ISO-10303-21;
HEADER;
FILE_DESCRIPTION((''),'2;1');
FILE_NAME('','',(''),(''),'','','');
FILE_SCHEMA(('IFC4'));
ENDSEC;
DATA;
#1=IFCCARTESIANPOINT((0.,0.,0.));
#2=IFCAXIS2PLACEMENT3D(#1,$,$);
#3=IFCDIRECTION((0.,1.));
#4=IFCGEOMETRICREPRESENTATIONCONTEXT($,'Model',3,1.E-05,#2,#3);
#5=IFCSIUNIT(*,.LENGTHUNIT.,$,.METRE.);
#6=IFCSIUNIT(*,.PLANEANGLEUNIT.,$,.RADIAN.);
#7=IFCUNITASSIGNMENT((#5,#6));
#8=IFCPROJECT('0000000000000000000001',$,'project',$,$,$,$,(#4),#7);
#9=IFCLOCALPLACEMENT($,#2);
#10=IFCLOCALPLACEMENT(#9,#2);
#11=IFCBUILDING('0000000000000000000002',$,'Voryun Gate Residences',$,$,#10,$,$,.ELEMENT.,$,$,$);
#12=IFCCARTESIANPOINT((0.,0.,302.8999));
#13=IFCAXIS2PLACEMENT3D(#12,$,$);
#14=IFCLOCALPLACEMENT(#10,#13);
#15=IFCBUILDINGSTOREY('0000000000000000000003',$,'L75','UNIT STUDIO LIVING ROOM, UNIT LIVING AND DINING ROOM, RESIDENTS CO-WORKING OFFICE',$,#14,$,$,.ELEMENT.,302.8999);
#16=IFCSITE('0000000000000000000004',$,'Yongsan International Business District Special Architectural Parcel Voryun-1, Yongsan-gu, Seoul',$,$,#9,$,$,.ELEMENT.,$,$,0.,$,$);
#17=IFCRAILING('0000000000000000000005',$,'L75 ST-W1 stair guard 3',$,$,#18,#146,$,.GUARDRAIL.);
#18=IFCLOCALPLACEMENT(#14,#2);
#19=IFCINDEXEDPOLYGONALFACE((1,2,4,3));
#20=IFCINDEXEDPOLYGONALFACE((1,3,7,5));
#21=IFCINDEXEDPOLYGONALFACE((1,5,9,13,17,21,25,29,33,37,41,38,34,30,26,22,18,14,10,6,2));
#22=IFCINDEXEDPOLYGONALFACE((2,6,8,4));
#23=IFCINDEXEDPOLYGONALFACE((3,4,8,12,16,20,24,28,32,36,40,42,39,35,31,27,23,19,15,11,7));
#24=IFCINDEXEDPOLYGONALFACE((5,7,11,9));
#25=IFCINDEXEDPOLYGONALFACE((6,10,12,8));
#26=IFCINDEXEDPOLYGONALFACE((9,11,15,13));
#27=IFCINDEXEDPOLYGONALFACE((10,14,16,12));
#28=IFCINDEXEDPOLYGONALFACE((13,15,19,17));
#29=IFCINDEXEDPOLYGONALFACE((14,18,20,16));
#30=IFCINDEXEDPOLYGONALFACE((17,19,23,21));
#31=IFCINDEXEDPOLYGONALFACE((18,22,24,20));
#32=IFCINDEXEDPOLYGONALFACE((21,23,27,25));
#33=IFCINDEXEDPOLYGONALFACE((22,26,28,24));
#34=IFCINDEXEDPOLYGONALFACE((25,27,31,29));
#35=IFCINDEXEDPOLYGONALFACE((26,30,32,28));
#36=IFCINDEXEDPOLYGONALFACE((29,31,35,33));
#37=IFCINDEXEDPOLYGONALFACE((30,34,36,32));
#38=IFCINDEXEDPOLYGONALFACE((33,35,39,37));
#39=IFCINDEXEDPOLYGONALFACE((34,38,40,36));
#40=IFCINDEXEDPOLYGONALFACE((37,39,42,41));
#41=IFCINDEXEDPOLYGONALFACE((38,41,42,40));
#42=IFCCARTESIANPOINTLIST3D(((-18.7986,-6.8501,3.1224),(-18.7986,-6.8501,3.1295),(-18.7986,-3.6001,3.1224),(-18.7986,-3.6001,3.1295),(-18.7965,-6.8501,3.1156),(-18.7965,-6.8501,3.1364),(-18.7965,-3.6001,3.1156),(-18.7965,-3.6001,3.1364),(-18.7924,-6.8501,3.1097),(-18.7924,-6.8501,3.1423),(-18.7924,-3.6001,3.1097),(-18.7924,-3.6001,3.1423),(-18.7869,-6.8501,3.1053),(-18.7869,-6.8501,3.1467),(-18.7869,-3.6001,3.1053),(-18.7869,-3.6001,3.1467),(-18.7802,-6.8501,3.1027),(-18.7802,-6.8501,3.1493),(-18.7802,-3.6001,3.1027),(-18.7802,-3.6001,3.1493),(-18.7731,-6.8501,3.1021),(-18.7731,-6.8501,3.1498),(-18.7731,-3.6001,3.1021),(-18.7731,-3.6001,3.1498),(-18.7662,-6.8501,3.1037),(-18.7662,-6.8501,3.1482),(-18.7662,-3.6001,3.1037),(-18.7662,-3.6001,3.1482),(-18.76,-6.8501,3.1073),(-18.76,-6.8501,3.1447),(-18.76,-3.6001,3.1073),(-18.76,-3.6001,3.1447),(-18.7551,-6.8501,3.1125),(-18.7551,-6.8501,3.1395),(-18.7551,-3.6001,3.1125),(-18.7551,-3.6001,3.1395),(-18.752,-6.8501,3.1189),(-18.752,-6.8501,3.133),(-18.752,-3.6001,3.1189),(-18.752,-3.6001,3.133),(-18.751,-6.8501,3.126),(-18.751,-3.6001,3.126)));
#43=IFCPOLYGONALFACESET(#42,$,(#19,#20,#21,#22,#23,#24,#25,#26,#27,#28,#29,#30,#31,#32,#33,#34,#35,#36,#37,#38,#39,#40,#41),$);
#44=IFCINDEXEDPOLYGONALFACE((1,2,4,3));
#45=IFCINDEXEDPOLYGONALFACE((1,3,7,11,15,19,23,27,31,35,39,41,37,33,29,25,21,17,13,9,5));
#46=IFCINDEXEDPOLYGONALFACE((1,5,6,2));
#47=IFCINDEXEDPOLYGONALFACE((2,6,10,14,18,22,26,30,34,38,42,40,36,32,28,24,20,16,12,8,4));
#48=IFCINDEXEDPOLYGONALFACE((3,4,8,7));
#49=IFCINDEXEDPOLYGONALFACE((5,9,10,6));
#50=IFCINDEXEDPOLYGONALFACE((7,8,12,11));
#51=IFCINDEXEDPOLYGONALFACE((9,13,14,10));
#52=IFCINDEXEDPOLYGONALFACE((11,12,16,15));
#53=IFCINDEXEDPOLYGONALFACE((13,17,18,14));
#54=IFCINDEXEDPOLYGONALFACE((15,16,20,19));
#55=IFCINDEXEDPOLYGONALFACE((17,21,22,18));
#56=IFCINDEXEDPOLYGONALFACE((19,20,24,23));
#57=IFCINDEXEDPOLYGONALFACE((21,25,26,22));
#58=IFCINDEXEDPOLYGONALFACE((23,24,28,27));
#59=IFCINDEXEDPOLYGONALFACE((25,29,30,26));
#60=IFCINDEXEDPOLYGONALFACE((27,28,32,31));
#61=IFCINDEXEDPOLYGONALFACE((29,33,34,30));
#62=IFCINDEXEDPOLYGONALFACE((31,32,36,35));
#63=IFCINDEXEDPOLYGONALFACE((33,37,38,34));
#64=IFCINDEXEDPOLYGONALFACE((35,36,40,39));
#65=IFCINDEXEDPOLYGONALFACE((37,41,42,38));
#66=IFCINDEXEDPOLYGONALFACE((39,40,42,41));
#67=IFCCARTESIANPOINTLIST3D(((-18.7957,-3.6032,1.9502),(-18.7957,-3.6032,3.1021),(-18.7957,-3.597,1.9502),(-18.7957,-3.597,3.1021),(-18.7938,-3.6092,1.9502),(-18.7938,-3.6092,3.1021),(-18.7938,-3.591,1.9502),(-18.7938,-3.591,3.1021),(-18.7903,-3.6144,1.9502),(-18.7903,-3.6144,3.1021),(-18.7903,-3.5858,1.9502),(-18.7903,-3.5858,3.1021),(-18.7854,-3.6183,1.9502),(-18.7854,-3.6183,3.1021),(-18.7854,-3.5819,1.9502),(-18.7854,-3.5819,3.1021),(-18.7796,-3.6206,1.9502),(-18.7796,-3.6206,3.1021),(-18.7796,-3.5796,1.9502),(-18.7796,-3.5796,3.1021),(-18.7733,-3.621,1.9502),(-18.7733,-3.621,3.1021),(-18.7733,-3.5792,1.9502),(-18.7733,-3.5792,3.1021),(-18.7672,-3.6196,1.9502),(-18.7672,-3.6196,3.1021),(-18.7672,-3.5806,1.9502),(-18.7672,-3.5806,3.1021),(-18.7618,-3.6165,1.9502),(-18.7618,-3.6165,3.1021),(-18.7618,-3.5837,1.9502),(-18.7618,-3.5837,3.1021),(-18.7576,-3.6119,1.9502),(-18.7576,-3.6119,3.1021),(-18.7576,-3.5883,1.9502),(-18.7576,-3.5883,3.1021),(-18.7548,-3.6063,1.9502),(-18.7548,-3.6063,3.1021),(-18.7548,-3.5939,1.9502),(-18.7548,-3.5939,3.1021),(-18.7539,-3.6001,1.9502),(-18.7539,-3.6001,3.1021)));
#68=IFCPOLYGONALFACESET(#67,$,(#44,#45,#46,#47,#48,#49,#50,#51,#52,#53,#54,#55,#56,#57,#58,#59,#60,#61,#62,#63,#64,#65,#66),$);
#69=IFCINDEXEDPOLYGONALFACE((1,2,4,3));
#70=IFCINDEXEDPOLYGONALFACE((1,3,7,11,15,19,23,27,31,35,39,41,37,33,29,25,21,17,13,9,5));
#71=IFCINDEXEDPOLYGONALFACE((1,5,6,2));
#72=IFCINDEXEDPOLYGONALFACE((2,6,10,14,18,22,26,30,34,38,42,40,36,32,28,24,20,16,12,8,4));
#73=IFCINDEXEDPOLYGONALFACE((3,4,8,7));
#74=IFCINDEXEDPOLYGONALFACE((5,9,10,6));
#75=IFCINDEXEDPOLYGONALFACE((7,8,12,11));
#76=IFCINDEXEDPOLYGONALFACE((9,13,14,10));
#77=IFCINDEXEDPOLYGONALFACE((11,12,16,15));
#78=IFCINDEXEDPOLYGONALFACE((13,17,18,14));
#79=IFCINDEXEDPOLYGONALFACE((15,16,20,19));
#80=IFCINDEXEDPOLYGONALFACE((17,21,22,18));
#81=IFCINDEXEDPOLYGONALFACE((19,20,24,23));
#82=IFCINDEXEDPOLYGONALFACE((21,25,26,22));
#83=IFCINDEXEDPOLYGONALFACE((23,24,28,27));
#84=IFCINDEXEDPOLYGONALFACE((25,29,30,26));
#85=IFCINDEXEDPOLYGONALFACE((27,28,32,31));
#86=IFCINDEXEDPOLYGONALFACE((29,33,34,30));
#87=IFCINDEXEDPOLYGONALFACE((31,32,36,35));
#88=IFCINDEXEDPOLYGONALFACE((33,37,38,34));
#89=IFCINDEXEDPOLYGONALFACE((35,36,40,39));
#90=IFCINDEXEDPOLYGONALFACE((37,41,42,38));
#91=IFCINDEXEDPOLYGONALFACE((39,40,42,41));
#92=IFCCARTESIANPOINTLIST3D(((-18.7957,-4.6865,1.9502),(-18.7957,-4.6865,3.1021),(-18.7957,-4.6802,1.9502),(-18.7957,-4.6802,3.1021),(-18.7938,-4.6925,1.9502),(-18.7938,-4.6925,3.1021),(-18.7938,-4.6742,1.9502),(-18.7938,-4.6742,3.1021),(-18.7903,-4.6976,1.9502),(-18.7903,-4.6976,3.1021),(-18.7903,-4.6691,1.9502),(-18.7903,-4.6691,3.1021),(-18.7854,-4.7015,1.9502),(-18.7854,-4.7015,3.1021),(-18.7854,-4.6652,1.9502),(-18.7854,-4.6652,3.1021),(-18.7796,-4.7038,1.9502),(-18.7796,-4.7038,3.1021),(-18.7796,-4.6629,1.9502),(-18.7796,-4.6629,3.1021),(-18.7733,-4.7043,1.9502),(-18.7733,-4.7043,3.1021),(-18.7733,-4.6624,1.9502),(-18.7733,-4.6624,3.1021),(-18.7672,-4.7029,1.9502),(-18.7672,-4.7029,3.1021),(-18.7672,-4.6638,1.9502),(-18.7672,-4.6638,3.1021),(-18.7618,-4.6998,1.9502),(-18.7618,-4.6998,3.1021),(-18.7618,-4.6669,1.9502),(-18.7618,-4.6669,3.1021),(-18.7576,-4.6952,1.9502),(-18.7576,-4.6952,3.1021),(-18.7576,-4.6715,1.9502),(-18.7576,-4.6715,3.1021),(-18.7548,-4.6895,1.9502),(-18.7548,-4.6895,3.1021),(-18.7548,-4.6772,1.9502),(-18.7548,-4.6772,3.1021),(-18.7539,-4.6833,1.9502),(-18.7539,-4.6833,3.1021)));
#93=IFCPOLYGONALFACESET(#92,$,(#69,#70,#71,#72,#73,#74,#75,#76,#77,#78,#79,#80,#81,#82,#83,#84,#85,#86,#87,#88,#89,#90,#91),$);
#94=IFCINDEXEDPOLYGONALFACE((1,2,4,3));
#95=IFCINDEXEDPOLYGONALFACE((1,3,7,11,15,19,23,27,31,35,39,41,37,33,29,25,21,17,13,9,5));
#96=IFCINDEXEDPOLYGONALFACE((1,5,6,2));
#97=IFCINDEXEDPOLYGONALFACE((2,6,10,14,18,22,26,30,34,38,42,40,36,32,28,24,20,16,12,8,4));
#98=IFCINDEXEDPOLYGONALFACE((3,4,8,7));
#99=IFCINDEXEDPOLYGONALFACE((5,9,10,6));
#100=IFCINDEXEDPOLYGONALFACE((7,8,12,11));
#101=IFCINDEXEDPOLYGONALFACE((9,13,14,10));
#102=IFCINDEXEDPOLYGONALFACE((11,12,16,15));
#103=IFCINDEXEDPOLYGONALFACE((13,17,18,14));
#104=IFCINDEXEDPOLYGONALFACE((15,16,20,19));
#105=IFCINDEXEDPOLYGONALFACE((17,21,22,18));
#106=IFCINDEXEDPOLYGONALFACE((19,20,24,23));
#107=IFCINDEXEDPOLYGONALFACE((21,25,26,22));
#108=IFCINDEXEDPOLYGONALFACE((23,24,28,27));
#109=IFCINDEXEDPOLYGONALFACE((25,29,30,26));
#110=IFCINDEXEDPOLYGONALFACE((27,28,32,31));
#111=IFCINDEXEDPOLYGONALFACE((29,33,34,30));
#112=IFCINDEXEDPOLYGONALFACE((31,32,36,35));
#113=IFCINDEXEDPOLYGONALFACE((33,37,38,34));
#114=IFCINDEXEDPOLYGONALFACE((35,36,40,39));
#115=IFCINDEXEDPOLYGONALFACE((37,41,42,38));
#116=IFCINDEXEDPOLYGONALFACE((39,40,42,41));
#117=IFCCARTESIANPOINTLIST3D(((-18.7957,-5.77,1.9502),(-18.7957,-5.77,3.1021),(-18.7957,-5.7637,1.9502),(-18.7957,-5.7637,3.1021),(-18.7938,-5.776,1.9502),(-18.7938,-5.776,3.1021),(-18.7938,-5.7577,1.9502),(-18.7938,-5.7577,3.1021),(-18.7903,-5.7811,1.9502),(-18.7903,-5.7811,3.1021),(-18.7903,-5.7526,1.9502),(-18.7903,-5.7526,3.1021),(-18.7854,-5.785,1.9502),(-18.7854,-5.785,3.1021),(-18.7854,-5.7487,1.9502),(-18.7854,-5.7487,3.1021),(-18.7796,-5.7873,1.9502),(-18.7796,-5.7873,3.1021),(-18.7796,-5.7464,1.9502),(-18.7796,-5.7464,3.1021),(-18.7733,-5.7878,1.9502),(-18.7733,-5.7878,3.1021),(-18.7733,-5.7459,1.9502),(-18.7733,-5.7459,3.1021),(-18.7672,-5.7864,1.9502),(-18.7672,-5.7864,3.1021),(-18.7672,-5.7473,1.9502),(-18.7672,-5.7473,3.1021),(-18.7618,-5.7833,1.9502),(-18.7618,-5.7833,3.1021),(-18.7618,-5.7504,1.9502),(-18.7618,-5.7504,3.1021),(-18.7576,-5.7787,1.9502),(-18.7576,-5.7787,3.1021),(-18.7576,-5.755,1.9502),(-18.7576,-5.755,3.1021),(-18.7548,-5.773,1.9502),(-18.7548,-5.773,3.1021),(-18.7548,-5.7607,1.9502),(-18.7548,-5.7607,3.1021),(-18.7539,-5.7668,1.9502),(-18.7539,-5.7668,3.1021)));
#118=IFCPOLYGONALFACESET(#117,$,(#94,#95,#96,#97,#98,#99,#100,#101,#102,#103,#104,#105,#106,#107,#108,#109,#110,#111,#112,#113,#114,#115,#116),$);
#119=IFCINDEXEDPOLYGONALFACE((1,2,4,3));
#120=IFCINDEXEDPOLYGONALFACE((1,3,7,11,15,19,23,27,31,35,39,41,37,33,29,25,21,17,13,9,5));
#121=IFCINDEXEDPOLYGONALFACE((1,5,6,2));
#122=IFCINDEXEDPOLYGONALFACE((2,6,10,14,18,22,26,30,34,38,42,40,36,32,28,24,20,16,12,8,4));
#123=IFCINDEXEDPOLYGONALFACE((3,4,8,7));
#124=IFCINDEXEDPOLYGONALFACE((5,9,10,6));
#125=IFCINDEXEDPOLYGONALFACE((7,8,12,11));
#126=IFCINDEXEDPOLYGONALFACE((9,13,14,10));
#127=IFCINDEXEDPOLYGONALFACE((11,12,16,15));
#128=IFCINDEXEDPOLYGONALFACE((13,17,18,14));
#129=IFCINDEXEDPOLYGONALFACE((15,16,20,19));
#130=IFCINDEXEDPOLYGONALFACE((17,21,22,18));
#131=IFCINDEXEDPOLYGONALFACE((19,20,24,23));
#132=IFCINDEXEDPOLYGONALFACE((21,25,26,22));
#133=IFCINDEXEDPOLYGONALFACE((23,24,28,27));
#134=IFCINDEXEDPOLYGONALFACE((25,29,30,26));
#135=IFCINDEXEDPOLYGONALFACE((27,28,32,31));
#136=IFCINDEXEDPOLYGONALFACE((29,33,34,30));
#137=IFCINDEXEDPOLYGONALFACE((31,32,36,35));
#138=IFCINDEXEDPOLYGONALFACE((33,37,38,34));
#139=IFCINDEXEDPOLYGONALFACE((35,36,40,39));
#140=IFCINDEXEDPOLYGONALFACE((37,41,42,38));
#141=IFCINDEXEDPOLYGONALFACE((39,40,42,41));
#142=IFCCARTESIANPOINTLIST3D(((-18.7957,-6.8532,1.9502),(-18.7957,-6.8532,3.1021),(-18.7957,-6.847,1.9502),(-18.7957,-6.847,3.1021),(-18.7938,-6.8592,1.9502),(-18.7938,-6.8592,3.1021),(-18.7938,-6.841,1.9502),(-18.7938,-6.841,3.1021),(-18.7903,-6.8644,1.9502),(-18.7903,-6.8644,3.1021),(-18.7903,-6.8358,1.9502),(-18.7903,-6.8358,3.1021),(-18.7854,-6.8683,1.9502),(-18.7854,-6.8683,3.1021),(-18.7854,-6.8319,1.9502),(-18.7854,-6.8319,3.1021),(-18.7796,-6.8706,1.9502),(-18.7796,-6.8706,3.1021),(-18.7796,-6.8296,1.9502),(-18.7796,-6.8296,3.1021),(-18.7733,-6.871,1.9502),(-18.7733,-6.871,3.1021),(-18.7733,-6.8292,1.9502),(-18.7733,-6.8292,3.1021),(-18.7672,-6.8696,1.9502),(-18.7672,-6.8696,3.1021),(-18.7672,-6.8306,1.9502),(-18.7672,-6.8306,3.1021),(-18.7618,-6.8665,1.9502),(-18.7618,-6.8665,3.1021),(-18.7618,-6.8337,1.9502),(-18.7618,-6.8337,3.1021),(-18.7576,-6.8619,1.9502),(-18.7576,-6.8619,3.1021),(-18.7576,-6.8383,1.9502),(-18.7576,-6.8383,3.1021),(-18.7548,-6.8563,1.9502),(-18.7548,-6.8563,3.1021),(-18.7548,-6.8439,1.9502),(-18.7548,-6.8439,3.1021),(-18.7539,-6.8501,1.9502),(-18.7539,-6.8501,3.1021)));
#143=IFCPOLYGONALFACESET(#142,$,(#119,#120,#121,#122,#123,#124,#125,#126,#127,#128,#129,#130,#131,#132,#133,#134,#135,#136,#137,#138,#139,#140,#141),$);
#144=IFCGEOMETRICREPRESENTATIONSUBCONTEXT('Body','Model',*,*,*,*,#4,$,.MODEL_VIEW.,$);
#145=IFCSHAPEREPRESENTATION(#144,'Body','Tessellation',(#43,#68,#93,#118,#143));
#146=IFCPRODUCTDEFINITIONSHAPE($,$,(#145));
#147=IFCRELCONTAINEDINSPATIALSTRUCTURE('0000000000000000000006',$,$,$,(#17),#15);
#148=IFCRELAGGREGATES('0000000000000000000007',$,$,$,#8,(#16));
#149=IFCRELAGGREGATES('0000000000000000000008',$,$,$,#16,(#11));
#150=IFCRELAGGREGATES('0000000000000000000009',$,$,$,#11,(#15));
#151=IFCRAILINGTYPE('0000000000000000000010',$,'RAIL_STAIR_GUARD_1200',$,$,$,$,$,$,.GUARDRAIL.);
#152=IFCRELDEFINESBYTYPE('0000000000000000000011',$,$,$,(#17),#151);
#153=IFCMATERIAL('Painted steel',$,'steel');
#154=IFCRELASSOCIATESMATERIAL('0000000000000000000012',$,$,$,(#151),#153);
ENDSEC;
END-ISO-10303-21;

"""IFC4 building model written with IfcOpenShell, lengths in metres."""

from ifc_helpers import new_model, si_unit, direction, frame, origin, origin_2d, place, context, subcontext, project, spatial, circle, extrude, material, type_object, element, save


model = new_model("IFC4")

# Units and contexts
model_context = context("Model", 3, precision=1e-05, world=origin(), true_north=direction((0.0, 1.0)))
body_context = subcontext(model_context, "Body", "Model", "MODEL_VIEW")
ifc_project = project(units=[si_unit("LENGTHUNIT", "METRE"), si_unit("PLANEANGLEUNIT", "RADIAN")], contexts=[model_context])

# Site, building, storey
site_placement = place(None, origin())
site = spatial("IfcSite", under=ifc_project, at=site_placement, Name="Yongsan International Business District Special Architectural Parcel Voryun-1, Yongsan-gu, Seoul", CompositionType="ELEMENT", RefElevation=0.0)
building_placement = place(site_placement, origin())
building = spatial("IfcBuilding", under=site, at=building_placement, Name="Voryun Gate Residences", CompositionType="ELEMENT")
storey_placement = place(building_placement, frame((0.0, 0.0, 302.8999)))
storey = spatial("IfcBuildingStorey", under=building, at=storey_placement, Name="L75", Description="UNIT STUDIO LIVING ROOM, UNIT LIVING AND DINING ROOM, RESIDENTS CO-WORKING OFFICE", CompositionType="ELEMENT", Elevation=302.8999)

# Railing
ifc_material_1 = material(Name="Painted steel", Category="steel")
railing_type_1 = type_object("IfcRailingType", Name="RAIL_STAIR_GUARD_1200", PredefinedType="GUARDRAIL", material=ifc_material_1)
railing_1_placement = place(storey_placement, frame((-18.7749, -3.6001, 1.9502)))
element("IfcRailing", 1, at=railing_1_placement, inside=storey, type_object=railing_type_1, Name="L75 ST-W1 stair guard 3", PredefinedType="GUARDRAIL", context=body_context, shape_type="SweptSolid", body=[
    extrude(circle(Radius=0.0239, at=origin_2d()), frame((0.0, 0.0, 1.1758), z_axis=(0.0, -1.0, 0.0), x_axis=(1.0, 0.0, 0.0)), (0.0, 0.0, 1.0), 3.25),
    extrude(circle(Radius=0.021, at=origin_2d()), origin(), (0.0, 0.0, 1.0), 1.1519),
    extrude(circle(Radius=0.021, at=origin_2d()), frame((0.0, -1.0833, 0.0)), (0.0, 0.0, 1.0), 1.1519),
    extrude(circle(Radius=0.021, at=origin_2d()), frame((0.0, -2.1667, 0.0)), (0.0, 0.0, 1.0), 1.1519),
    extrude(circle(Radius=0.021, at=origin_2d()), frame((0.0, -3.25, 0.0)), (0.0, 0.0, 1.0), 1.1519),
])

save(model, "model.ifc")
